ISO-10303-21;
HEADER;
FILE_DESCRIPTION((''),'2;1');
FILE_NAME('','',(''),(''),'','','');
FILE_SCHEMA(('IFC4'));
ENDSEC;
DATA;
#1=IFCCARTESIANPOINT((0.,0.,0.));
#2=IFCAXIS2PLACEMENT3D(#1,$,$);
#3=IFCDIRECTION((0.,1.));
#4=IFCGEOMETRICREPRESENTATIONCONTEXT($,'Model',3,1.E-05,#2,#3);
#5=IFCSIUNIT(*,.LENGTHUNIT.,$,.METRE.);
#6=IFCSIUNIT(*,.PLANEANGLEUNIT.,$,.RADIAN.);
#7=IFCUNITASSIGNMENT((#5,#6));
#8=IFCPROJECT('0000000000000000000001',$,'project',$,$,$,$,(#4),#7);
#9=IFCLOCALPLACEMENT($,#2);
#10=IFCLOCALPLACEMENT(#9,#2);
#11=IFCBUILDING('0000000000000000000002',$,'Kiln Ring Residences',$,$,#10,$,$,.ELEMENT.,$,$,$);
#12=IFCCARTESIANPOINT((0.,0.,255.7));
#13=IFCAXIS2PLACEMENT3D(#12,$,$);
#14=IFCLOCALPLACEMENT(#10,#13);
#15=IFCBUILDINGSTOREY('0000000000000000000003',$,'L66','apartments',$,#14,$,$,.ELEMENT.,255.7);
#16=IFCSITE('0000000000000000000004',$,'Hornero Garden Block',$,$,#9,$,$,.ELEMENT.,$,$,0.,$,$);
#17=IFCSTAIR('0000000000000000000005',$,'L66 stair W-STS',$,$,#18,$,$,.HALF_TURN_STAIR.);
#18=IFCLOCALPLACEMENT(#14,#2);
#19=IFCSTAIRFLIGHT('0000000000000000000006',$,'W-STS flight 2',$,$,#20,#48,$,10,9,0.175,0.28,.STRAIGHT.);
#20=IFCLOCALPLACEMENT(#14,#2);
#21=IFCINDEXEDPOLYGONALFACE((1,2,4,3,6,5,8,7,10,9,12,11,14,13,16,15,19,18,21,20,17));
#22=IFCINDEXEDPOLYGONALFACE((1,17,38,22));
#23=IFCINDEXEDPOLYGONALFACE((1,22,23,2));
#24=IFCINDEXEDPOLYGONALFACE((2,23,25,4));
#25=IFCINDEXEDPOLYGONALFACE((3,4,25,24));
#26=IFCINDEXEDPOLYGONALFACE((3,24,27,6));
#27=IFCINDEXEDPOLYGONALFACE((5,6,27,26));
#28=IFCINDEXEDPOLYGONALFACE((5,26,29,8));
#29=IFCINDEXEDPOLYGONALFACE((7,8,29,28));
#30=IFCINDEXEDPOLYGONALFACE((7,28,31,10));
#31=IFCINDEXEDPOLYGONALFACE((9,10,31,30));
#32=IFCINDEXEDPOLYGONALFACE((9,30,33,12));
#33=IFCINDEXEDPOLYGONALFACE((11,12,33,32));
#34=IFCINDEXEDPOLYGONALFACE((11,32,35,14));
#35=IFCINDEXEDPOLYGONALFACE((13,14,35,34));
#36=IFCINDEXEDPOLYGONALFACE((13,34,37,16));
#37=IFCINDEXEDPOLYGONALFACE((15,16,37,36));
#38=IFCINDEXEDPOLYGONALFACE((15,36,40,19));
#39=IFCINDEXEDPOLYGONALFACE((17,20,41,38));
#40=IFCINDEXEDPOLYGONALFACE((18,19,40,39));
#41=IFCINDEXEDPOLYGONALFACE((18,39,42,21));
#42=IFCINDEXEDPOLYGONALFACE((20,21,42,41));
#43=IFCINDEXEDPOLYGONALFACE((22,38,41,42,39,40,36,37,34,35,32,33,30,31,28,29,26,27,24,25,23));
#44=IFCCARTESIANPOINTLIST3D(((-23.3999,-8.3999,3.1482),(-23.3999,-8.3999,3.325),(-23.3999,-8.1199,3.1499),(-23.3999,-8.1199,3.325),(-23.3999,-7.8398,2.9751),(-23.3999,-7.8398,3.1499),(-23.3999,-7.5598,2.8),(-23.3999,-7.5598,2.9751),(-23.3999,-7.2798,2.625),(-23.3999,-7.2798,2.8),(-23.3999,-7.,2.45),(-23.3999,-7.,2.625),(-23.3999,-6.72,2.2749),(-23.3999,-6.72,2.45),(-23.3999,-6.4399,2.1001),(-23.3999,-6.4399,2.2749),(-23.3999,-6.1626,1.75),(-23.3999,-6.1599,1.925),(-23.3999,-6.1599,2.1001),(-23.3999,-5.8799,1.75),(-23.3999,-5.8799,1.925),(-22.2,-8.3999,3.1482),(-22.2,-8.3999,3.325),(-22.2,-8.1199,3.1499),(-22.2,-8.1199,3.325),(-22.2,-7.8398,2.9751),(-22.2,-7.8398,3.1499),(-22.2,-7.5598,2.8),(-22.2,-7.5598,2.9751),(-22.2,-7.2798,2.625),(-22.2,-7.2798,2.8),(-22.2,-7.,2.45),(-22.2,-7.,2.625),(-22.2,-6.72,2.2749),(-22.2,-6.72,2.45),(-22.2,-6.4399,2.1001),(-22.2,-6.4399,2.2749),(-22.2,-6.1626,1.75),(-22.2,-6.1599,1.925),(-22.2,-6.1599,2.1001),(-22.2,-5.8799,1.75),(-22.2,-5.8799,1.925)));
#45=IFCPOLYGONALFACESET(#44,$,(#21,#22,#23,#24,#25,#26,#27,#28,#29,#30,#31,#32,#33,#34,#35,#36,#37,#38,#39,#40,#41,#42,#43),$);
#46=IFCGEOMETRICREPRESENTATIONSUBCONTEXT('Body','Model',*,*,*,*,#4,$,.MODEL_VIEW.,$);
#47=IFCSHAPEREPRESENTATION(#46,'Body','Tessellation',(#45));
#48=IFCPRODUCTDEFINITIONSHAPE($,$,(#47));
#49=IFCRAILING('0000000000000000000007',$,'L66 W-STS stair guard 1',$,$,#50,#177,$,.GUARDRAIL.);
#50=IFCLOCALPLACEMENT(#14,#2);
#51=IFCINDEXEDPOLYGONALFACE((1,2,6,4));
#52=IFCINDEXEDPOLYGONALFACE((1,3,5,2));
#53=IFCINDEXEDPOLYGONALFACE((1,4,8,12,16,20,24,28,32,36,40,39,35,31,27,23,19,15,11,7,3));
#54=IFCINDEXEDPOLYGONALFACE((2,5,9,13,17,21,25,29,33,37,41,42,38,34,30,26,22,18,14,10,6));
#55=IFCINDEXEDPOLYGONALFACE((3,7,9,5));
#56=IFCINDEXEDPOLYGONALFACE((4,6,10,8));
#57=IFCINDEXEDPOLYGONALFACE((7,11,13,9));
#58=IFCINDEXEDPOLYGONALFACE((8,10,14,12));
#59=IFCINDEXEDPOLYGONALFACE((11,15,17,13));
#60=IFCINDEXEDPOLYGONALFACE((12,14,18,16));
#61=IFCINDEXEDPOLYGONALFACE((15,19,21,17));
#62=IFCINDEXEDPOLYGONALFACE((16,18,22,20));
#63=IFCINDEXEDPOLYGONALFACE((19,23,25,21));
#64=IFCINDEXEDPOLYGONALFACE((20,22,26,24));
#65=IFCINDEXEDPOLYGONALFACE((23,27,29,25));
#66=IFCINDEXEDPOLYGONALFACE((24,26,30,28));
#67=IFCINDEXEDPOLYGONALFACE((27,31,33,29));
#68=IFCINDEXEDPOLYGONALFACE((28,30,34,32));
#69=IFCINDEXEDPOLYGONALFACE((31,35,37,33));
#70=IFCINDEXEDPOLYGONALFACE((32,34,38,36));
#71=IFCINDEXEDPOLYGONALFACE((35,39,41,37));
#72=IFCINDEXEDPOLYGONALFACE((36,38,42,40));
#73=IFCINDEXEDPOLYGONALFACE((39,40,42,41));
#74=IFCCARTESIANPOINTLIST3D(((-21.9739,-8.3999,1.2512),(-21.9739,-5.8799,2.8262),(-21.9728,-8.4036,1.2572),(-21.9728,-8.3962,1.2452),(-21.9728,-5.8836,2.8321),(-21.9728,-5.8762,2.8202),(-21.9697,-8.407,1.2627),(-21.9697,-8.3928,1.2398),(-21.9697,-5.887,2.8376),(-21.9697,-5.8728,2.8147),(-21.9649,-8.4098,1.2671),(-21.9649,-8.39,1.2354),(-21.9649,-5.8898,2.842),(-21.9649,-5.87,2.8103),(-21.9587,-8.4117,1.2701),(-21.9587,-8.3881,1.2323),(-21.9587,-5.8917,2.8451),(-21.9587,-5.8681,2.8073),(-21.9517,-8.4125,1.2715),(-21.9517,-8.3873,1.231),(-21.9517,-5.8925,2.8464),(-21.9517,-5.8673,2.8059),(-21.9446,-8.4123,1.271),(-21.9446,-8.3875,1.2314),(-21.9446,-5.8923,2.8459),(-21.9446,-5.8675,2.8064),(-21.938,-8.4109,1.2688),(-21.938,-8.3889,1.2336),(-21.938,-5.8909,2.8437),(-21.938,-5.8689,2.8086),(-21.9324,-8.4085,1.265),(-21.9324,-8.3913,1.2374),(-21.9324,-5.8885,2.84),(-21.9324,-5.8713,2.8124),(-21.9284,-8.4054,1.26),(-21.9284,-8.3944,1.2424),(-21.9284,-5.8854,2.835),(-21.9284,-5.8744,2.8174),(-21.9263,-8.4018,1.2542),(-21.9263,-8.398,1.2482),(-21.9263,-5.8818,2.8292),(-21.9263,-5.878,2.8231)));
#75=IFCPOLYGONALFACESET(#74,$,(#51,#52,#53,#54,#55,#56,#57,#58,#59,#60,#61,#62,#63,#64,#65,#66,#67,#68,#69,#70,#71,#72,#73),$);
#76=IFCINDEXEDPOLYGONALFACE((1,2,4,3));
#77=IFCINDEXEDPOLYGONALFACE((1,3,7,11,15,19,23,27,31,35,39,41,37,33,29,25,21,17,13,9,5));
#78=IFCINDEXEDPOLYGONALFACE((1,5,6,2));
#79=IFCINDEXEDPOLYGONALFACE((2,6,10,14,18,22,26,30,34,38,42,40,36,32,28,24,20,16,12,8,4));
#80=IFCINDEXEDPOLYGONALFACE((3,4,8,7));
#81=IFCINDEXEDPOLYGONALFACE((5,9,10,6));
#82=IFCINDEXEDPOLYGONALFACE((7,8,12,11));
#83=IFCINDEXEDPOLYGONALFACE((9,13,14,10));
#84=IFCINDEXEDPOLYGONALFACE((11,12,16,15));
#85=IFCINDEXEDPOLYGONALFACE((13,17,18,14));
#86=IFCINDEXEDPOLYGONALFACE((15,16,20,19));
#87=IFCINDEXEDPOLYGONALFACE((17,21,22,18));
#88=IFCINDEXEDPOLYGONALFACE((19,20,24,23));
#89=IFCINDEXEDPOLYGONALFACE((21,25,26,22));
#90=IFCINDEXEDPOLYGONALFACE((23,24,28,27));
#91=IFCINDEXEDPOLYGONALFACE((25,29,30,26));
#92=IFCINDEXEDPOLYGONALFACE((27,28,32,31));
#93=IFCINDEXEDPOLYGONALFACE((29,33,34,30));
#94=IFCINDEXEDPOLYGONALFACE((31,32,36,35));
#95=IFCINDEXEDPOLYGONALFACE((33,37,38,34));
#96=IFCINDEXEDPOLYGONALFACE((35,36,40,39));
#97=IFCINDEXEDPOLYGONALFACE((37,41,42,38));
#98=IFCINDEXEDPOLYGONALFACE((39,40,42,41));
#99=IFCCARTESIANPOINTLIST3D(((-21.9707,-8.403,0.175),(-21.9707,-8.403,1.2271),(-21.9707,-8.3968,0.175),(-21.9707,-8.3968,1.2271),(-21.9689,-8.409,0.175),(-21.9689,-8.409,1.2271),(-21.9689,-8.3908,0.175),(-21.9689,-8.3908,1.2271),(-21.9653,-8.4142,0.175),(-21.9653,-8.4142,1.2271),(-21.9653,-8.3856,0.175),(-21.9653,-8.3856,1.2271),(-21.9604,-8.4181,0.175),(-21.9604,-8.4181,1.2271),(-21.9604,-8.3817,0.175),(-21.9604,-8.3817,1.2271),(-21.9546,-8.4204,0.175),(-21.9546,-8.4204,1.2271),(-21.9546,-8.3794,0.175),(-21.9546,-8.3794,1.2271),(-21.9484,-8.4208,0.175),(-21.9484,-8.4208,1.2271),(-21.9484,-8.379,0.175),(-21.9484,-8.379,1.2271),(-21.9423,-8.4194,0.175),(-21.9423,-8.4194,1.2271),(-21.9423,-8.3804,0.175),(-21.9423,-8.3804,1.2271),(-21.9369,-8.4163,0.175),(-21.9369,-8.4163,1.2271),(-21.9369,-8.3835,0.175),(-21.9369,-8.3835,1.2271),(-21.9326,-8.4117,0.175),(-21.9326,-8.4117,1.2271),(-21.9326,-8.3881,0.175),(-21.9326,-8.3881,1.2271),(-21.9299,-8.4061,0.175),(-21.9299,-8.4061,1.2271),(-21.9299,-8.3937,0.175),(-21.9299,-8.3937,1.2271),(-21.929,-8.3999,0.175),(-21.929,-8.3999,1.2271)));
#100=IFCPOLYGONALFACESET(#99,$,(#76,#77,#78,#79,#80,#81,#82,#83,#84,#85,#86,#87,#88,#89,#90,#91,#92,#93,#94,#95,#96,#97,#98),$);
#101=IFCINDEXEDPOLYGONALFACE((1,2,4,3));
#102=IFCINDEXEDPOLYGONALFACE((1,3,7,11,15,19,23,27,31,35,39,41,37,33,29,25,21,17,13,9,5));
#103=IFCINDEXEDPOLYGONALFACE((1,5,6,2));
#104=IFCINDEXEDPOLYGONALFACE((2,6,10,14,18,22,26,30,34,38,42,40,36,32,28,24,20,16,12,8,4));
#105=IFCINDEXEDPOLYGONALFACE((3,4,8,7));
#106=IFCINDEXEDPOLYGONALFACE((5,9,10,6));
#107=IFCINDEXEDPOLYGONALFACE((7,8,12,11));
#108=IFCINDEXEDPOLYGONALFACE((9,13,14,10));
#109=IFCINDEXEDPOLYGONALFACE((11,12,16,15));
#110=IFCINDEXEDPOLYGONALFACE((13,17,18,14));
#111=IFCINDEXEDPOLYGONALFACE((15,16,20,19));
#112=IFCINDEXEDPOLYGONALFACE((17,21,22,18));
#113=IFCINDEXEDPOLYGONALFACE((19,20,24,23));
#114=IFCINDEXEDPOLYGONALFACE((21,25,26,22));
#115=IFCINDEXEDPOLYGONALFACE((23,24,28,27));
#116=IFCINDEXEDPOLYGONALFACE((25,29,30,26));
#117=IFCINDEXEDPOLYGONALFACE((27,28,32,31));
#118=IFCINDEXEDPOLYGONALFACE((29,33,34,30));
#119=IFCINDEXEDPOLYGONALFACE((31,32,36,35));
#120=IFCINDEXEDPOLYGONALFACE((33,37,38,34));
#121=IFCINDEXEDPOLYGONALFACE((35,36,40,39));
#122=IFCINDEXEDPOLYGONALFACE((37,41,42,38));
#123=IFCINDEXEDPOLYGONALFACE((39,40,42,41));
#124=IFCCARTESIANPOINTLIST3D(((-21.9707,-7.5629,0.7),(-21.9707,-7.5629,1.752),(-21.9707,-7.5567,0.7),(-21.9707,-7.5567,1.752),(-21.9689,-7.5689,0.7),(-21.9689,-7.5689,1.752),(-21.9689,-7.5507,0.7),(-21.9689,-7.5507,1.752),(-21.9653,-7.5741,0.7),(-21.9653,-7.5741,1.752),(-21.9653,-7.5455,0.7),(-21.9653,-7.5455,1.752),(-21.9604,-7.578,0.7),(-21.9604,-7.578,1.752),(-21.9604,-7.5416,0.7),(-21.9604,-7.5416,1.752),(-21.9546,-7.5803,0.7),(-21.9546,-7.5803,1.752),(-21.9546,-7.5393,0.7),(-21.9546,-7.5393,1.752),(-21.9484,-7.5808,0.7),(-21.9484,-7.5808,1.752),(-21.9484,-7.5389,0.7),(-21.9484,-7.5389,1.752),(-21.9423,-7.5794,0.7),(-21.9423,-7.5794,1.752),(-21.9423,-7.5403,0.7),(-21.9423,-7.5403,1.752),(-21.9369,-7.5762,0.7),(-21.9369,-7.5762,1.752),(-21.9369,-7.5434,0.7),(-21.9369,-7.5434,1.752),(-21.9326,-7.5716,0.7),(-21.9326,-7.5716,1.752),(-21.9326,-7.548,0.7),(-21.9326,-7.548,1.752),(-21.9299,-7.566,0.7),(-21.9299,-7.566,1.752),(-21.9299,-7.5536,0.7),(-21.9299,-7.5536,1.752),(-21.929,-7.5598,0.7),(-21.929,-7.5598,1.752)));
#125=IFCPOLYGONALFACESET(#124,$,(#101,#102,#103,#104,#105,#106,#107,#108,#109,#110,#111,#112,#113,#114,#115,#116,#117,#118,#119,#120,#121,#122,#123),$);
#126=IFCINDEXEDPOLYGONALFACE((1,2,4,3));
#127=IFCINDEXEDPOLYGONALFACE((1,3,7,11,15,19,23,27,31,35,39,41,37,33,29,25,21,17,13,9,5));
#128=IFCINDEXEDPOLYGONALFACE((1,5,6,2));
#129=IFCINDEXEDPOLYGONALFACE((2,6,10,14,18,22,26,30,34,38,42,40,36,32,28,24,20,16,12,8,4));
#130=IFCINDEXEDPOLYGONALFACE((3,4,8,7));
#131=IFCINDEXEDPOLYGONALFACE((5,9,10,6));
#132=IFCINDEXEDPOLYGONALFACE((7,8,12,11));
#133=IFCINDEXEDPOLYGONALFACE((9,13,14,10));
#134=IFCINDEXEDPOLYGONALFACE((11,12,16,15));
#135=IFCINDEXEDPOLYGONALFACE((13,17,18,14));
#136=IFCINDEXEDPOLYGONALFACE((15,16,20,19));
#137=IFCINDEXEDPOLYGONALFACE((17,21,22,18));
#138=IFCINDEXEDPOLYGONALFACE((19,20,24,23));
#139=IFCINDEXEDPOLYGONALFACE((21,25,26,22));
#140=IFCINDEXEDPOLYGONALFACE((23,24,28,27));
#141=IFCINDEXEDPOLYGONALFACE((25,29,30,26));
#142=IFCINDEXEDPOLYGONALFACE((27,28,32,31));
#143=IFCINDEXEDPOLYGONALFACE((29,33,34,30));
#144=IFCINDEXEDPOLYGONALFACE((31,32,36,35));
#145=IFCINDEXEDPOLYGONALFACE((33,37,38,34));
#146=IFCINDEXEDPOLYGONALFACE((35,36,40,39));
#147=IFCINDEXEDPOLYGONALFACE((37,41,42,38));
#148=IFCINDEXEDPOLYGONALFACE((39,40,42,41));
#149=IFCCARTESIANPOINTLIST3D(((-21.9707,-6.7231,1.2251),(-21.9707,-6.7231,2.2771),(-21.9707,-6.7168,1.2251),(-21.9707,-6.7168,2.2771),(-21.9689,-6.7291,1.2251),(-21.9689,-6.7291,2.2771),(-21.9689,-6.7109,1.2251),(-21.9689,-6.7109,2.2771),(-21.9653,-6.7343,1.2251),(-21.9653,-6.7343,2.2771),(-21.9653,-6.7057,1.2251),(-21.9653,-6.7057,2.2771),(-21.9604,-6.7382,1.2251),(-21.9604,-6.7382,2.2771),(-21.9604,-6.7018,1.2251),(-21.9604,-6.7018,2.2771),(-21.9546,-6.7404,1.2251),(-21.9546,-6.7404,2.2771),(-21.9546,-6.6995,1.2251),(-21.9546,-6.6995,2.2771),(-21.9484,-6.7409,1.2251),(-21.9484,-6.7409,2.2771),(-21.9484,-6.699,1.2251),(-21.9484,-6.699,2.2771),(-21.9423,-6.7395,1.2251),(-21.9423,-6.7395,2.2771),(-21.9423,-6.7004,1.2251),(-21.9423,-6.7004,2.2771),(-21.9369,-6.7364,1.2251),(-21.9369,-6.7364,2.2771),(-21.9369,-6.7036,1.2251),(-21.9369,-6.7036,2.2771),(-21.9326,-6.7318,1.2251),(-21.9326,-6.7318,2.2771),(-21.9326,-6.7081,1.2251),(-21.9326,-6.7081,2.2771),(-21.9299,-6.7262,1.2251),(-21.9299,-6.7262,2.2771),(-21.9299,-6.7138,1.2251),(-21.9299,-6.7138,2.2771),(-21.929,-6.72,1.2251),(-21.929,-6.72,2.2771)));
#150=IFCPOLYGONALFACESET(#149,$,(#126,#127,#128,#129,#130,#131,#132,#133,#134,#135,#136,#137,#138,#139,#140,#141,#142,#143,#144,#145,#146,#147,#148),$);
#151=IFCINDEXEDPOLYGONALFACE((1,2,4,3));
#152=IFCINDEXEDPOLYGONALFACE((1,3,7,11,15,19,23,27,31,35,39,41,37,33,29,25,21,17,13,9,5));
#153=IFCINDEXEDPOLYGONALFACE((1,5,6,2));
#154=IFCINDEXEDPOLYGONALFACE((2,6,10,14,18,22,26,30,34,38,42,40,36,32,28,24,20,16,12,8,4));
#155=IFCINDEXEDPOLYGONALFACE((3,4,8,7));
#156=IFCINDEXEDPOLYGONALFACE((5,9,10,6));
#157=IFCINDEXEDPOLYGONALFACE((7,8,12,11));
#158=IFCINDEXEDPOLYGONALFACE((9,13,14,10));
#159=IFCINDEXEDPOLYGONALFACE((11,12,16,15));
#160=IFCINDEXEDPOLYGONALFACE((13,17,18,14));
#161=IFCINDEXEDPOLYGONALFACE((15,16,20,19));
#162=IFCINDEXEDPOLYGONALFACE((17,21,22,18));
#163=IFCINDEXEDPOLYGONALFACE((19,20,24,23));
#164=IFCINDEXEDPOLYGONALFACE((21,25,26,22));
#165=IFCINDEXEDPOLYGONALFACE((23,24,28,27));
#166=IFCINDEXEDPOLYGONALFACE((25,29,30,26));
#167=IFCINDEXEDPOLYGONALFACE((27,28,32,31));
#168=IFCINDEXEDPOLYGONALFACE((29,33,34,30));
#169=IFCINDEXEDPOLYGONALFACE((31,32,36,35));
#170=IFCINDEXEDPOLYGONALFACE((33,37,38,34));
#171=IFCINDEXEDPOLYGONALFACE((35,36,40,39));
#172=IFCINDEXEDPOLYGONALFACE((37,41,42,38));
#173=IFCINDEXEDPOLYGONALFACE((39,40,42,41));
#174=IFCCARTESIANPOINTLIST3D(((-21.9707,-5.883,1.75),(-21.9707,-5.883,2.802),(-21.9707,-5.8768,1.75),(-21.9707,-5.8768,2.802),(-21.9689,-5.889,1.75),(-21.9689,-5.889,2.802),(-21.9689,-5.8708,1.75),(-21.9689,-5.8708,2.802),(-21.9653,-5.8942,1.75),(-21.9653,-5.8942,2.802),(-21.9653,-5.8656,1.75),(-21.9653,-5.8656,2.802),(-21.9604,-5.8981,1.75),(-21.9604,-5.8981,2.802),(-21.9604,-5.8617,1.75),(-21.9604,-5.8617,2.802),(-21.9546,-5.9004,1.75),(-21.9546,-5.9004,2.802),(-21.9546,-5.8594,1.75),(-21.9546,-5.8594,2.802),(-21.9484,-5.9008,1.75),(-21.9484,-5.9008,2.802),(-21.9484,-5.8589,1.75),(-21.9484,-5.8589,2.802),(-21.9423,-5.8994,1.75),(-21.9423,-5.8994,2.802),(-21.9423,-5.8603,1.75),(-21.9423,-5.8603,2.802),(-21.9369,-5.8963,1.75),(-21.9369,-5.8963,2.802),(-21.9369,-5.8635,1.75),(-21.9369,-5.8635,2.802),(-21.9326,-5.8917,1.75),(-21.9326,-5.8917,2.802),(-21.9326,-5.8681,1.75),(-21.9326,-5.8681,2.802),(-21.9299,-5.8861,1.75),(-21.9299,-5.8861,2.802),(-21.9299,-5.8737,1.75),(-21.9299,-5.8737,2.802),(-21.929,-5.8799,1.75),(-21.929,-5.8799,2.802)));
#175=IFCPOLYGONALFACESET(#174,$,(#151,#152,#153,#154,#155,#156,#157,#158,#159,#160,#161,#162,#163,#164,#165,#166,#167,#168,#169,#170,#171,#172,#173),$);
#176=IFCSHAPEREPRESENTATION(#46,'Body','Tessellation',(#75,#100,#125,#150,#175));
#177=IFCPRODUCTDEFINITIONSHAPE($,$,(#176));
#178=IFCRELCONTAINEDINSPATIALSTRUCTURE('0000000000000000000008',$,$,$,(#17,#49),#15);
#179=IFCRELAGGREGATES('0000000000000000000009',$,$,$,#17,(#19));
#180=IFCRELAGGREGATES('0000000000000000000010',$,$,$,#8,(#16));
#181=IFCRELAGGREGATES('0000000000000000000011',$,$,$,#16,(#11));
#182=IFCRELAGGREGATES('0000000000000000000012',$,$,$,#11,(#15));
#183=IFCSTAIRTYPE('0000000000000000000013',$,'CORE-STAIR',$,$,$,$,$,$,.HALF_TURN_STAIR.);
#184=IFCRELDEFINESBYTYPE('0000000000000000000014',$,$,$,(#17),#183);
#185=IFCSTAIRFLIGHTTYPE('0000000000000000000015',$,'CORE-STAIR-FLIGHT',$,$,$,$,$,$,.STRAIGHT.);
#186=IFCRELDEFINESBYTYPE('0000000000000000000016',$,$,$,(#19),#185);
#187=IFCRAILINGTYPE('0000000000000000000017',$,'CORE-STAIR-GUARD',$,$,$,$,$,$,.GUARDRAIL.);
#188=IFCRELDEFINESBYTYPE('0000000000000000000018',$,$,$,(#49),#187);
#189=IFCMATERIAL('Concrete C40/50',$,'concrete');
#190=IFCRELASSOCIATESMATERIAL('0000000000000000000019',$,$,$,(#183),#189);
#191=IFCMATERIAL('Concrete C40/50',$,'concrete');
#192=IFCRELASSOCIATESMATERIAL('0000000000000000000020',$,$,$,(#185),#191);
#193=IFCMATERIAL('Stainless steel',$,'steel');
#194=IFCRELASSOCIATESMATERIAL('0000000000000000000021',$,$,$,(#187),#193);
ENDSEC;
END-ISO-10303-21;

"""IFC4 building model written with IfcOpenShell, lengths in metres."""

from ifc_helpers import new_model, si_unit, direction, frame, origin, origin_2d, place, context, subcontext, project, spatial, polyline, circle, outline, extrude, material, type_object, element, aggregate, save


model = new_model("IFC4")

# Units and contexts
model_context = context("Model", 3, precision=1e-05, world=origin(), true_north=direction((0.0, 1.0)))
body_context = subcontext(model_context, "Body", "Model", "MODEL_VIEW")
ifc_project = project(units=[si_unit("LENGTHUNIT", "METRE"), si_unit("PLANEANGLEUNIT", "RADIAN")], contexts=[model_context])

# Site, building, storey
site_placement = place(None, origin())
site = spatial("IfcSite", under=ifc_project, at=site_placement, Name="Hornero Garden Block", CompositionType="ELEMENT", RefElevation=0.0)
building_placement = place(site_placement, origin())
building = spatial("IfcBuilding", under=site, at=building_placement, Name="Kiln Ring Residences", CompositionType="ELEMENT")
storey_placement = place(building_placement, frame((0.0, 0.0, 255.7)))
storey = spatial("IfcBuildingStorey", under=building, at=storey_placement, Name="L66", Description="apartments", CompositionType="ELEMENT", Elevation=255.7)

# Stair, stair flight
ifc_material_1 = material(Name="Concrete C40/50", Category="concrete")
stair_type = type_object("IfcStairType", Name="CORE-STAIR", PredefinedType="HALF_TURN_STAIR", material=ifc_material_1)
stair_placement = place(storey_placement, origin())
stair = element("IfcStair", 1, at=stair_placement, inside=storey, type_object=stair_type, Name="L66 stair W-STS", PredefinedType="HALF_TURN_STAIR")
ifc_material_2 = material(Name="Concrete C40/50", Category="concrete")
stair_flight_type = type_object("IfcStairFlightType", Name="CORE-STAIR-FLIGHT", PredefinedType="STRAIGHT", material=ifc_material_2)
stair_flight_1_placement = place(storey_placement, frame((-22.8, -5.8799, 1.75), z_axis=(0.0, 0.0, 1.0), x_axis=(0.0, -1.0, 0.0)))
stair_flight_1 = element("IfcStairFlight", 2, at=stair_flight_1_placement, type_object=stair_flight_type, Name="W-STS flight 2", NumberOfRisers=10, NumberOfTreads=9, PredefinedType="STRAIGHT", RiserHeight=0.175, TreadLength=0.28, context=body_context, shape_type="SweptSolid", body=[
    extrude(outline(polyline([(0.0, 0.0), (0.0, 0.175), (0.28, 0.175), (0.28, 0.3501), (0.5601, 0.3501), (0.5601, 0.5249), (0.8401, 0.5249), (0.8401, 0.7), (1.1201, 0.7), (1.1201, 0.875), (1.3999, 0.875), (1.3999, 1.05), (1.6799, 1.05), (1.6799, 1.2251), (1.96, 1.2251), (1.96, 1.3999), (2.24, 1.3999), (2.24, 1.575), (2.52, 1.575), (2.52, 1.75), (2.52, 1.3982), (0.2827, 0.0), (0.0, 0.0)])), frame((0.0, 0.6001, 0.0), z_axis=(0.0, -1.0, 0.0), x_axis=(1.0, 0.0, 0.0)), (0.0, 0.0, 1.0), 1.2),
])
aggregate(stair, [stair_flight_1])

# Railing
ifc_material_3 = material(Name="Stainless steel", Category="steel")
railing_type_1 = type_object("IfcRailingType", Name="CORE-STAIR-GUARD", PredefinedType="GUARDRAIL", material=ifc_material_3)
railing_1_placement = place(storey_placement, frame((-21.95, -8.3999, 0.175)))
element("IfcRailing", 3, at=railing_1_placement, inside=storey, type_object=railing_type_1, Name="L66 W-STS stair guard 1", PredefinedType="GUARDRAIL", context=body_context, shape_type="SweptSolid", body=[
    extrude(circle(Radius=0.0239, at=origin_2d()), frame((0.0, 0.0, 1.0762), z_axis=(0.0, 0.848008, 0.529984), x_axis=(-1.0, 0.0, 0.0)), (0.0, 0.0, 1.0), 2.9717),
    extrude(circle(Radius=0.021, at=origin_2d()), origin(), (0.0, 0.0, 1.0), 1.052),
    extrude(circle(Radius=0.021, at=origin_2d()), frame((0.0, 0.8401, 0.5249)), (0.0, 0.0, 1.0), 1.052),
    extrude(circle(Radius=0.021, at=origin_2d()), frame((0.0, 1.6799, 1.05)), (0.0, 0.0, 1.0), 1.052),
    extrude(circle(Radius=0.021, at=origin_2d()), frame((0.0, 2.52, 1.575)), (0.0, 0.0, 1.0), 1.052),
])

save(model, "model.ifc")
